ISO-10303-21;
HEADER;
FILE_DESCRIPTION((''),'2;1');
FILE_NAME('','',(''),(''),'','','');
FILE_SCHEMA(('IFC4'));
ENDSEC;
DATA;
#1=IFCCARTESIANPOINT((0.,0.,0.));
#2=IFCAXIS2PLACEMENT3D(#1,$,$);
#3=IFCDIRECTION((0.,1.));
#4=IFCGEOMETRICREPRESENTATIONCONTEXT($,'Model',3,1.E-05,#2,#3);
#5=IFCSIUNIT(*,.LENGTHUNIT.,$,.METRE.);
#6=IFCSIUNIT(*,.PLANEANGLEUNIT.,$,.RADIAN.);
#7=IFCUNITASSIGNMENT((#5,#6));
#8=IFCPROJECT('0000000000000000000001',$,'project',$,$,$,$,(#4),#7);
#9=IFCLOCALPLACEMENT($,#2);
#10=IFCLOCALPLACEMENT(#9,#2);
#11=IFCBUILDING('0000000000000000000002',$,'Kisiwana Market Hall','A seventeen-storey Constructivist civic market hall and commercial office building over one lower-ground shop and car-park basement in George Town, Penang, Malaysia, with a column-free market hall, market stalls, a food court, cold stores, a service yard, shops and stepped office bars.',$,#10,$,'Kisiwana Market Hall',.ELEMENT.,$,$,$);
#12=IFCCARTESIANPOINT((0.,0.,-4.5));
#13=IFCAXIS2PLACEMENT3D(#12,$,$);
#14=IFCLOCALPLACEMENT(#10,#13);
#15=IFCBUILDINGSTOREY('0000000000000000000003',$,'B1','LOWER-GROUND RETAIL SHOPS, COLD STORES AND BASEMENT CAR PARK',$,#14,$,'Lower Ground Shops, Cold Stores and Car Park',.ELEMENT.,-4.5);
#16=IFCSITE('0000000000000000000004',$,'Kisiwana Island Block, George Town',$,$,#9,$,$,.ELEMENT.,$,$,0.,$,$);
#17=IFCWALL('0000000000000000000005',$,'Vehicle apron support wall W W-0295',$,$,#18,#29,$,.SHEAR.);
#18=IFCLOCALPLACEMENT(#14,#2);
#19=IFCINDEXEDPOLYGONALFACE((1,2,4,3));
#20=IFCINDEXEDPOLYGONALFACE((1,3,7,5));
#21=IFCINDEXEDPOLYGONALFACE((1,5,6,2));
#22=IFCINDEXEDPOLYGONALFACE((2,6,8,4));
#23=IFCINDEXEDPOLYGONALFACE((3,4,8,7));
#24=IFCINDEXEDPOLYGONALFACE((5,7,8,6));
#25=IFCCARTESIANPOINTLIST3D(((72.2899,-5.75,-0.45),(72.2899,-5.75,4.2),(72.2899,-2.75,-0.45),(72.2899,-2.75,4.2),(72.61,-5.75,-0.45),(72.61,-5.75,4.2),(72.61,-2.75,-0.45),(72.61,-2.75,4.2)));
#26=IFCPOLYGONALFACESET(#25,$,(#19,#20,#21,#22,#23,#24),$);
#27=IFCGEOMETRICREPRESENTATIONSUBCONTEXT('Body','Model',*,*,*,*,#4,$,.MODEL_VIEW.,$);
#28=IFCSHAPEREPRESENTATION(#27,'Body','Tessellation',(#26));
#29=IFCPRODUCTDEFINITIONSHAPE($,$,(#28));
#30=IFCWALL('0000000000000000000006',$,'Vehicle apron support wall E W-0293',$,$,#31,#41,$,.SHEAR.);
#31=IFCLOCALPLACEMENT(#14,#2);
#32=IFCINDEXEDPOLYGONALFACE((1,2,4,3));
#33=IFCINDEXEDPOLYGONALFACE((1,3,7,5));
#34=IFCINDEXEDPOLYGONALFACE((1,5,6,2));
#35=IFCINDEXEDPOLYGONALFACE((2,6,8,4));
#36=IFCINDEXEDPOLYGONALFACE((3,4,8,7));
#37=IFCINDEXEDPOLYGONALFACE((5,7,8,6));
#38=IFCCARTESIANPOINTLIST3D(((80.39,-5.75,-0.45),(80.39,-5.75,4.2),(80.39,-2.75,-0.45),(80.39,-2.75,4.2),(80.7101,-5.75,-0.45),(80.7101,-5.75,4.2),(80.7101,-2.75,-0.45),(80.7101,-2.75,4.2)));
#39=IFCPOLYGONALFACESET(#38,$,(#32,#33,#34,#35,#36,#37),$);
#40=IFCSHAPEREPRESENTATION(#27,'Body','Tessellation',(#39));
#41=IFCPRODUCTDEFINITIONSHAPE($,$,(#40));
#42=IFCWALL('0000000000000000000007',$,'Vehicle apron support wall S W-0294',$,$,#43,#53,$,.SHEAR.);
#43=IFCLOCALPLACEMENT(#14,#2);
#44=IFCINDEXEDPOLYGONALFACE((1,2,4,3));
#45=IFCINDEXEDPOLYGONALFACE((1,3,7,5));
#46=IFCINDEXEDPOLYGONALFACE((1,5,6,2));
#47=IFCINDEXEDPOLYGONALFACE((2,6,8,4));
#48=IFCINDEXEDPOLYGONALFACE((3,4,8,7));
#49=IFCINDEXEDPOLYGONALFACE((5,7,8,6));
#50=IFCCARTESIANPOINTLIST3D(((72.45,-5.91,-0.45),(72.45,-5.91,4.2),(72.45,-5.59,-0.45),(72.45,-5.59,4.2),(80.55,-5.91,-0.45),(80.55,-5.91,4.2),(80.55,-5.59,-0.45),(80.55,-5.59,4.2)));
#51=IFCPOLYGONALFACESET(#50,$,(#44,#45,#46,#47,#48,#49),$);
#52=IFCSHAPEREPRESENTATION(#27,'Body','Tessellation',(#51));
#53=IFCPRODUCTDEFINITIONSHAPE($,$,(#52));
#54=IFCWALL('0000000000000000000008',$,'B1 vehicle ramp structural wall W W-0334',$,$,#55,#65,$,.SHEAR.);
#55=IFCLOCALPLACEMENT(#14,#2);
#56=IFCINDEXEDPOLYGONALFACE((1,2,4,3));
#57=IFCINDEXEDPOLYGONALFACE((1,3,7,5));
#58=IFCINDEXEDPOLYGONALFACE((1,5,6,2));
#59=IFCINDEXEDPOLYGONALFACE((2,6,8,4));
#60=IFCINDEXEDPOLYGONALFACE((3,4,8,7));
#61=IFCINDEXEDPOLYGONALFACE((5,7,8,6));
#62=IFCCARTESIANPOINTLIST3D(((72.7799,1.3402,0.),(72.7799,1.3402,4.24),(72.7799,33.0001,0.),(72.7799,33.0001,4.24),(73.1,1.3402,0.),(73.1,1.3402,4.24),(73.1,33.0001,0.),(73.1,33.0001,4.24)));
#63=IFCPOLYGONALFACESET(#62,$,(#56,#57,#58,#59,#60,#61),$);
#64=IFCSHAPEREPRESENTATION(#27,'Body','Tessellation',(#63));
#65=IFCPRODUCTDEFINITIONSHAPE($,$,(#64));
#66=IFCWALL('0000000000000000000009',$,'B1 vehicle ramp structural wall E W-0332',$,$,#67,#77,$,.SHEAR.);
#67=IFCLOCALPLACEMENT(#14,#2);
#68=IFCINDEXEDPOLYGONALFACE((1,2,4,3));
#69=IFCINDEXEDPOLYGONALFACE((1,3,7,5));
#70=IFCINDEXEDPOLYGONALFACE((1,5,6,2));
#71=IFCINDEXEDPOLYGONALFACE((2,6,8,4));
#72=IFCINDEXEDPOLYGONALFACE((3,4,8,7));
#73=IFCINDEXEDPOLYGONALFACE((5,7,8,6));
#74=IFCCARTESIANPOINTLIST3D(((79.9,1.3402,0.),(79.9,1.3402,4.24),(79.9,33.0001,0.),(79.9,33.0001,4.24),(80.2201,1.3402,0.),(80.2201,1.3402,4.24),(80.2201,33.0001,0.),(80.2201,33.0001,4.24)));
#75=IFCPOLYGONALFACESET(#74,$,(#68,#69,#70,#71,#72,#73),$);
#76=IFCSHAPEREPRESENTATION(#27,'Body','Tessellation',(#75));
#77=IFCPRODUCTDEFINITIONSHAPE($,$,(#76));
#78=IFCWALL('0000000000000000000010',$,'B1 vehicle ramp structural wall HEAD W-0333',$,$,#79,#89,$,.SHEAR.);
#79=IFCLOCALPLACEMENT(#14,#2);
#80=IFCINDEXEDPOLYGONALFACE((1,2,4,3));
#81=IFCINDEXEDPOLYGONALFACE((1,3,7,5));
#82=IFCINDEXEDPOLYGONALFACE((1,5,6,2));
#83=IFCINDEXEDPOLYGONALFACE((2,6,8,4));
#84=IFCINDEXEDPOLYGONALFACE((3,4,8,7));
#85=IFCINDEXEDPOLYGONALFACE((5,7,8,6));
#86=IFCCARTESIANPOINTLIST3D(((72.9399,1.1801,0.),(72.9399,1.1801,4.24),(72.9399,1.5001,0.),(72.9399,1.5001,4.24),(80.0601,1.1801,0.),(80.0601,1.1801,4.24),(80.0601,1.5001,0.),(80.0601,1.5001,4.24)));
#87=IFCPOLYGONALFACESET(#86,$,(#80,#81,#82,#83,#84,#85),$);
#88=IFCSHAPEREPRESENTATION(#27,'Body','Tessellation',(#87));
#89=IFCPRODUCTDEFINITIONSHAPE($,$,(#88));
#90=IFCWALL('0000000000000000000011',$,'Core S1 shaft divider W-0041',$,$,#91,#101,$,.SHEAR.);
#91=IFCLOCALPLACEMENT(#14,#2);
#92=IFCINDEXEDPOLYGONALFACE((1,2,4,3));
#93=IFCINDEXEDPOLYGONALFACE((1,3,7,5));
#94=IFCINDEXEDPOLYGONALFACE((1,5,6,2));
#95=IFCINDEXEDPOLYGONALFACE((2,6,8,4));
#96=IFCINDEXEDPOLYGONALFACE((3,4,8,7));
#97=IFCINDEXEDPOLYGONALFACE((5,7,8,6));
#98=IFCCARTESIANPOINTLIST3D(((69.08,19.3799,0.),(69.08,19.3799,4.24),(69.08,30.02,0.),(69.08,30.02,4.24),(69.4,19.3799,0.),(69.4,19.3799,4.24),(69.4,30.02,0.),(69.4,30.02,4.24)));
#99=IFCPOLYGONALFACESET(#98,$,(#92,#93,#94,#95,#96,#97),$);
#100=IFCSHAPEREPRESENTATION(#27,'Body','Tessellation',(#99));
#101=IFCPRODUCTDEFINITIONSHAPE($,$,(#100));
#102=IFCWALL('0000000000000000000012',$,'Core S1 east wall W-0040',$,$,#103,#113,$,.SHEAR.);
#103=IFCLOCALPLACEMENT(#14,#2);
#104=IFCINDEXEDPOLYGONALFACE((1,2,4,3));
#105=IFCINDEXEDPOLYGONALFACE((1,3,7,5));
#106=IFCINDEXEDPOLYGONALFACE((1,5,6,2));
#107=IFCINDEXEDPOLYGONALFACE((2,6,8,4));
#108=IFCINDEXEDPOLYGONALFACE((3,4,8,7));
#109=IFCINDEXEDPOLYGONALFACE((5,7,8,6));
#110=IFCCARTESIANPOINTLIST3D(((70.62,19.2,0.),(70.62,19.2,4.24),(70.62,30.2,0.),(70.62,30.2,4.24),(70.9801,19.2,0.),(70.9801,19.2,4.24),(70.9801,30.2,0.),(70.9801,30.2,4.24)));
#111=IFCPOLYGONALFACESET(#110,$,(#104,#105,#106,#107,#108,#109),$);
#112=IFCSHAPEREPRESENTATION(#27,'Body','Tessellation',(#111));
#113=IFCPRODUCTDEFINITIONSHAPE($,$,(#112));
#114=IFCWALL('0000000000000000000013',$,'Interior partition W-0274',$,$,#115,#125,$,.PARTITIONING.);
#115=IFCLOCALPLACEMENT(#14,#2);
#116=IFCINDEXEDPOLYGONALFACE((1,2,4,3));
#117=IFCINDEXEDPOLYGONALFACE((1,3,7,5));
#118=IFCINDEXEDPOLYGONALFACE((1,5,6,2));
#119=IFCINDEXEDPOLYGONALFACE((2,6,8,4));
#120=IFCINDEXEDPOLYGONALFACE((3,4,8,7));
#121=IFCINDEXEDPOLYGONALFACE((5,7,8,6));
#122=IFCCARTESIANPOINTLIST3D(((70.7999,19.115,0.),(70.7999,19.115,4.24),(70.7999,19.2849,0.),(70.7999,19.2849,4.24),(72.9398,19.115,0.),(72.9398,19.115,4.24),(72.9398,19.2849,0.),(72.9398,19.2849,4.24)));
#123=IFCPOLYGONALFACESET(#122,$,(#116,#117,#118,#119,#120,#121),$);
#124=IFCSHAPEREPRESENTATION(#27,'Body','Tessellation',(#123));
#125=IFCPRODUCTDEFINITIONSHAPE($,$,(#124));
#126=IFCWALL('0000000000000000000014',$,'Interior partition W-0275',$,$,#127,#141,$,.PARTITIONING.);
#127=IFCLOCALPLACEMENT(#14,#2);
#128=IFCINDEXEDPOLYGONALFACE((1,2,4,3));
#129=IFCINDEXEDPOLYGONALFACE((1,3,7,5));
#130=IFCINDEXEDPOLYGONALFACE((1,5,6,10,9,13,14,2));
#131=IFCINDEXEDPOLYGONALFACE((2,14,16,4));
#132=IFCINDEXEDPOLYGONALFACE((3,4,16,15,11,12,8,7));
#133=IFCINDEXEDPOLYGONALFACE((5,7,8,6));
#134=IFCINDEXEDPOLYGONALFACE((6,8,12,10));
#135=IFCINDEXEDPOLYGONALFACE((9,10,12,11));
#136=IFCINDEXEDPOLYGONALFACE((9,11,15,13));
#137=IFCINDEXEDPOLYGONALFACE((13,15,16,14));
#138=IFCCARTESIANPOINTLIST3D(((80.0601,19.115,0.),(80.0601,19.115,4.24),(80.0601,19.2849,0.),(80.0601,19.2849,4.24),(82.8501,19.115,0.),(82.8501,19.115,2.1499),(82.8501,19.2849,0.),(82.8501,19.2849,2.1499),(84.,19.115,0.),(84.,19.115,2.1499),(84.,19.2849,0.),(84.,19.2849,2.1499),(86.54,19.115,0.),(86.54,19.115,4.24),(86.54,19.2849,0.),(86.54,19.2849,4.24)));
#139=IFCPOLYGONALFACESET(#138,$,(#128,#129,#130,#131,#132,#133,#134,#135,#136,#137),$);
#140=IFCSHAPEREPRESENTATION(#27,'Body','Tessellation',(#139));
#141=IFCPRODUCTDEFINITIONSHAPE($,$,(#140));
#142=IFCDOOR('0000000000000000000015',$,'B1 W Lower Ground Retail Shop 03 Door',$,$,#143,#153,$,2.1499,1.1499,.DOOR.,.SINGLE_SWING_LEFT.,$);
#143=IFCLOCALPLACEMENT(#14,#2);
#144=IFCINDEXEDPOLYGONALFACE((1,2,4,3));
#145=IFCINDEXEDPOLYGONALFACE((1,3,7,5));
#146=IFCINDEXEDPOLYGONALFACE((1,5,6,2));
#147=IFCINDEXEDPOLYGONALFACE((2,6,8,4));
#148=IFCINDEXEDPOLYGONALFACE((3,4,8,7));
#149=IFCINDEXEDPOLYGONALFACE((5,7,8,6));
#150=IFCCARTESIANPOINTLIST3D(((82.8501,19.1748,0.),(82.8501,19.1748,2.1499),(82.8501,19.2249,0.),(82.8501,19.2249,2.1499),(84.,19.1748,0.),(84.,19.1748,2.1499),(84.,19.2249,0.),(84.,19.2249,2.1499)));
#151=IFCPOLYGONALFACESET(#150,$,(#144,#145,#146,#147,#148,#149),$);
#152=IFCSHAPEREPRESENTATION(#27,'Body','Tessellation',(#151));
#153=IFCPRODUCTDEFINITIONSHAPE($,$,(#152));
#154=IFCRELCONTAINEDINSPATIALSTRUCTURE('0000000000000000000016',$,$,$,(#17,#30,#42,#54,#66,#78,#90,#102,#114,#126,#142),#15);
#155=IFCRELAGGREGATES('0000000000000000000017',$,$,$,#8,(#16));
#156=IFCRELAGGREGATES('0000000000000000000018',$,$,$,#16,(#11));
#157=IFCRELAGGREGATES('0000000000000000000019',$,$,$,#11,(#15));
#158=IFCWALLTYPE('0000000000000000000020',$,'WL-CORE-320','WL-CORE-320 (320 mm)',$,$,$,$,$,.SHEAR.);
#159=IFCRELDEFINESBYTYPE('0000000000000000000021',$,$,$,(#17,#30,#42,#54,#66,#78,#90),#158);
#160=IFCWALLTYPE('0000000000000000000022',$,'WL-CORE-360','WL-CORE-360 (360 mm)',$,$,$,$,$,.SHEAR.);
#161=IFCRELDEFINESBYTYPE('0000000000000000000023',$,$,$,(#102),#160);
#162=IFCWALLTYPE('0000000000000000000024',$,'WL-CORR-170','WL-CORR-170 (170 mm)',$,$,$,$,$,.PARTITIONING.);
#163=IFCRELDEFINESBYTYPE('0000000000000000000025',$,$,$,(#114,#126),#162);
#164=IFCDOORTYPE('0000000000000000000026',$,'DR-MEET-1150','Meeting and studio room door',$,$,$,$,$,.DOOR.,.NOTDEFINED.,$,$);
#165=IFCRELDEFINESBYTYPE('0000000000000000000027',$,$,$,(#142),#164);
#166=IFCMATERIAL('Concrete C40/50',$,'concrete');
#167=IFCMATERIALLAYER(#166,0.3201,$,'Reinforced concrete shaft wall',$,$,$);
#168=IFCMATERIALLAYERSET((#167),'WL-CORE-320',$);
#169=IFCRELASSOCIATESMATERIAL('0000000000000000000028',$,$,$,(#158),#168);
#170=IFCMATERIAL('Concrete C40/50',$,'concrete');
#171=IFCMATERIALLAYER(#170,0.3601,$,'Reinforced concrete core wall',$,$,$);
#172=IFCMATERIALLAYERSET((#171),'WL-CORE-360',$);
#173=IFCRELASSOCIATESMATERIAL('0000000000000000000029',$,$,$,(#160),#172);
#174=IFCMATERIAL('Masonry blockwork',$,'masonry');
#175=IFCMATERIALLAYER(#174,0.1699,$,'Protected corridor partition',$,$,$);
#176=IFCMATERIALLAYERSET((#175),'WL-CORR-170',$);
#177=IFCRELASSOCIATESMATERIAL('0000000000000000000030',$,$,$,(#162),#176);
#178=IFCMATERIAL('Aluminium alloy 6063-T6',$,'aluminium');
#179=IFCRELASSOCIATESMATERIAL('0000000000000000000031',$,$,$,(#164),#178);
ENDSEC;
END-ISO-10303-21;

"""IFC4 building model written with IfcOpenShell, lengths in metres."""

from ifc_helpers import new_model, si_unit, direction, frame, frame_2d, origin, place, context, subcontext, project, spatial, rectangle, extrude, material, layer, layer_set, type_object, element, fill, save


model = new_model("IFC4")

# Units and contexts
model_context = context("Model", 3, precision=1e-05, world=origin(), true_north=direction((0.0, 1.0)))
body_context = subcontext(model_context, "Body", "Model", "MODEL_VIEW")
ifc_project = project(units=[si_unit("LENGTHUNIT", "METRE"), si_unit("PLANEANGLEUNIT", "RADIAN")], contexts=[model_context])

# Site, building, storey
site_placement = place(None, origin())
site = spatial("IfcSite", under=ifc_project, at=site_placement, Name="Kisiwana Island Block, George Town", CompositionType="ELEMENT", RefElevation=0.0)
building_placement = place(site_placement, origin())
building = spatial("IfcBuilding", under=site, at=building_placement, Name="Kisiwana Market Hall", Description="A seventeen-storey Constructivist civic market hall and commercial office building over one lower-ground shop and car-park basement in George Town, Penang, Malaysia, with a column-free market hall, market stalls, a food court, cold stores, a service yard, shops and stepped office bars.", LongName="Kisiwana Market Hall", CompositionType="ELEMENT")
storey_placement = place(building_placement, frame((0.0, 0.0, -4.5)))
storey = spatial("IfcBuildingStorey", under=building, at=storey_placement, Name="B1", Description="LOWER-GROUND RETAIL SHOPS, COLD STORES AND BASEMENT CAR PARK", LongName="Lower Ground Shops, Cold Stores and Car Park", CompositionType="ELEMENT", Elevation=-4.5)

# Walls
ifc_material_1 = material(Name="Concrete C40/50", Category="concrete")
ifc_layer_1 = layer(ifc_material_1, 0.3201, Name="Reinforced concrete shaft wall")
ifc_layer_set_1 = layer_set([ifc_layer_1], Name="WL-CORE-320")
wall_type_1 = type_object("IfcWallType", Name="WL-CORE-320", Description="WL-CORE-320 (320 mm)", PredefinedType="SHEAR", material=ifc_layer_set_1)
for number, where, z_axis, x_axis, name in (
    (1, (72.45, -5.75, -0.45), (0.0, 0.0, 1.0), (0.0, 1.0, 0.0), "Vehicle apron support wall W W-0295"),
    (2, (80.55, -5.75, -0.45), (0.0, 0.0, 1.0), (0.0, 1.0, 0.0), "Vehicle apron support wall E W-0293"),
):
    element("IfcWall", number, at=place(storey_placement, frame(where, z_axis=z_axis, x_axis=x_axis)), inside=storey, type_object=wall_type_1, Name=name, PredefinedType="SHEAR", context=body_context, shape_type="SweptSolid", body=[
        extrude(rectangle(XDim=3.0, YDim=0.3201, at=frame_2d((1.5, 0.0))), origin(), (0.0, 0.0, 1.0), 4.6499),
    ])
wall_1_placement = place(storey_placement, frame((72.45, -5.75, -0.45), z_axis=(0.0, 0.0, 1.0), x_axis=(1.0, 0.0, 0.0)))
element("IfcWall", 3, at=wall_1_placement, inside=storey, type_object=wall_type_1, Name="Vehicle apron support wall S W-0294", PredefinedType="SHEAR", context=body_context, shape_type="SweptSolid", body=[
    extrude(rectangle(XDim=8.1001, YDim=0.3201, at=frame_2d((4.05, 0.0))), origin(), (0.0, 0.0, 1.0), 4.6499),
])
for number, where, z_axis, x_axis, name in (
    (4, (72.9399, 1.3401, 0.0), (0.0, 0.0, 1.0), (0.0, 1.0, 0.0), "B1 vehicle ramp structural wall W W-0334"),
    (5, (80.0601, 1.3401, 0.0), (0.0, 0.0, 1.0), (0.0, 1.0, 0.0), "B1 vehicle ramp structural wall E W-0332"),
):
    element("IfcWall", number, at=place(storey_placement, frame(where, z_axis=z_axis, x_axis=x_axis)), inside=storey, type_object=wall_type_1, Name=name, PredefinedType="SHEAR", context=body_context, shape_type="SweptSolid", body=[
        extrude(rectangle(XDim=31.6599, YDim=0.3201, at=frame_2d((15.8301, 0.0))), origin(), (0.0, 0.0, 1.0), 4.24),
    ])
wall_2_placement = place(storey_placement, frame((72.9399, 1.3401, 0.0), z_axis=(0.0, 0.0, 1.0), x_axis=(1.0, 0.0, 0.0)))
element("IfcWall", 6, at=wall_2_placement, inside=storey, type_object=wall_type_1, Name="B1 vehicle ramp structural wall HEAD W-0333", PredefinedType="SHEAR", context=body_context, shape_type="SweptSolid", body=[
    extrude(rectangle(XDim=7.1201, YDim=0.3201, at=frame_2d((3.5601, 0.0))), origin(), (0.0, 0.0, 1.0), 4.24),
])
wall_3_placement = place(storey_placement, frame((69.24, 19.3799, 0.0), z_axis=(0.0, 0.0, 1.0), x_axis=(0.0, 1.0, 0.0)))
element("IfcWall", 7, at=wall_3_placement, inside=storey, type_object=wall_type_1, Name="Core S1 shaft divider W-0041", PredefinedType="SHEAR", context=body_context, shape_type="SweptSolid", body=[
    extrude(rectangle(XDim=10.6401, YDim=0.3201, at=frame_2d((5.3201, 0.0))), origin(), (0.0, 0.0, 1.0), 4.24),
])
ifc_material_2 = material(Name="Concrete C40/50", Category="concrete")
ifc_layer_2 = layer(ifc_material_2, 0.3601, Name="Reinforced concrete core wall")
ifc_layer_set_2 = layer_set([ifc_layer_2], Name="WL-CORE-360")
wall_type_2 = type_object("IfcWallType", Name="WL-CORE-360", Description="WL-CORE-360 (360 mm)", PredefinedType="SHEAR", material=ifc_layer_set_2)
wall_4_placement = place(storey_placement, frame((70.8, 19.2, 0.0), z_axis=(0.0, 0.0, 1.0), x_axis=(0.0, 1.0, 0.0)))
element("IfcWall", 8, at=wall_4_placement, inside=storey, type_object=wall_type_2, Name="Core S1 east wall W-0040", PredefinedType="SHEAR", context=body_context, shape_type="SweptSolid", body=[
    extrude(rectangle(XDim=11.0, YDim=0.3601, at=frame_2d((5.5, 0.0))), origin(), (0.0, 0.0, 1.0), 4.24),
])
ifc_material_3 = material(Name="Masonry blockwork", Category="masonry")
ifc_layer_3 = layer(ifc_material_3, 0.1699, Name="Protected corridor partition")
ifc_layer_set_3 = layer_set([ifc_layer_3], Name="WL-CORR-170")
wall_type_3 = type_object("IfcWallType", Name="WL-CORR-170", Description="WL-CORR-170 (170 mm)", PredefinedType="PARTITIONING", material=ifc_layer_set_3)
wall_5_placement = place(storey_placement, frame((70.8, 19.2, 0.0), z_axis=(0.0, 0.0, 1.0), x_axis=(1.0, 0.0, 0.0)))
element("IfcWall", 9, at=wall_5_placement, inside=storey, type_object=wall_type_3, Name="Interior partition W-0274", PredefinedType="PARTITIONING", context=body_context, shape_type="SweptSolid", body=[
    extrude(rectangle(XDim=2.1399, YDim=0.1699, at=frame_2d((1.0698, 0.0))), origin(), (0.0, 0.0, 1.0), 4.24),
])

# Wall, opening, door
wall_6_placement = place(storey_placement, frame((80.0601, 19.2, 0.0), z_axis=(0.0, 0.0, 1.0), x_axis=(1.0, 0.0, 0.0)))
wall_6 = element("IfcWall", 10, at=wall_6_placement, inside=storey, type_object=wall_type_3, Name="Interior partition W-0275", PredefinedType="PARTITIONING", context=body_context, shape_type="SweptSolid", body=[
    extrude(rectangle(XDim=6.48, YDim=0.1699, at=frame_2d((3.24, 0.0))), origin(), (0.0, 0.0, 1.0), 4.24),
])
opening_placement = place(wall_6_placement, frame((2.79, 0.0, 0.0)))
opening = element("IfcOpeningElement", 11, at=opening_placement, cuts=wall_6, PredefinedType="OPENING", context=body_context, shape_type="SweptSolid", body=[
    extrude(rectangle(XDim=1.1499, YDim=2.1499, at=frame_2d((0.575, 1.075))), frame((0.0, 0.0969, 0.0), z_axis=(0.0, -1.0, 0.0), x_axis=(1.0, 0.0, 0.0)), (0.0, 0.0, 1.0), 0.1938),
])
ifc_material_4 = material(Name="Aluminium alloy 6063-T6", Category="aluminium")
door_type = type_object("IfcDoorType", Name="DR-MEET-1150", Description="Meeting and studio room door", OperationType="NOTDEFINED", PredefinedType="DOOR", material=ifc_material_4)
door_placement = place(opening_placement, origin())
door = element("IfcDoor", 12, at=door_placement, inside=storey, type_object=door_type, Name="B1 W Lower Ground Retail Shop 03 Door", OperationType="SINGLE_SWING_LEFT", OverallHeight=2.1499, OverallWidth=1.1499, PredefinedType="DOOR", context=body_context, shape_type="SweptSolid", body=[
    extrude(rectangle(XDim=1.1499, YDim=2.1499, at=frame_2d((0.575, 1.075))), frame((0.0, 0.0249, 0.0), z_axis=(0.0, -1.0, 0.0), x_axis=(1.0, 0.0, 0.0)), (0.0, 0.0, 1.0), 0.05),
])
fill(opening, door)

save(model, "model.ifc")
